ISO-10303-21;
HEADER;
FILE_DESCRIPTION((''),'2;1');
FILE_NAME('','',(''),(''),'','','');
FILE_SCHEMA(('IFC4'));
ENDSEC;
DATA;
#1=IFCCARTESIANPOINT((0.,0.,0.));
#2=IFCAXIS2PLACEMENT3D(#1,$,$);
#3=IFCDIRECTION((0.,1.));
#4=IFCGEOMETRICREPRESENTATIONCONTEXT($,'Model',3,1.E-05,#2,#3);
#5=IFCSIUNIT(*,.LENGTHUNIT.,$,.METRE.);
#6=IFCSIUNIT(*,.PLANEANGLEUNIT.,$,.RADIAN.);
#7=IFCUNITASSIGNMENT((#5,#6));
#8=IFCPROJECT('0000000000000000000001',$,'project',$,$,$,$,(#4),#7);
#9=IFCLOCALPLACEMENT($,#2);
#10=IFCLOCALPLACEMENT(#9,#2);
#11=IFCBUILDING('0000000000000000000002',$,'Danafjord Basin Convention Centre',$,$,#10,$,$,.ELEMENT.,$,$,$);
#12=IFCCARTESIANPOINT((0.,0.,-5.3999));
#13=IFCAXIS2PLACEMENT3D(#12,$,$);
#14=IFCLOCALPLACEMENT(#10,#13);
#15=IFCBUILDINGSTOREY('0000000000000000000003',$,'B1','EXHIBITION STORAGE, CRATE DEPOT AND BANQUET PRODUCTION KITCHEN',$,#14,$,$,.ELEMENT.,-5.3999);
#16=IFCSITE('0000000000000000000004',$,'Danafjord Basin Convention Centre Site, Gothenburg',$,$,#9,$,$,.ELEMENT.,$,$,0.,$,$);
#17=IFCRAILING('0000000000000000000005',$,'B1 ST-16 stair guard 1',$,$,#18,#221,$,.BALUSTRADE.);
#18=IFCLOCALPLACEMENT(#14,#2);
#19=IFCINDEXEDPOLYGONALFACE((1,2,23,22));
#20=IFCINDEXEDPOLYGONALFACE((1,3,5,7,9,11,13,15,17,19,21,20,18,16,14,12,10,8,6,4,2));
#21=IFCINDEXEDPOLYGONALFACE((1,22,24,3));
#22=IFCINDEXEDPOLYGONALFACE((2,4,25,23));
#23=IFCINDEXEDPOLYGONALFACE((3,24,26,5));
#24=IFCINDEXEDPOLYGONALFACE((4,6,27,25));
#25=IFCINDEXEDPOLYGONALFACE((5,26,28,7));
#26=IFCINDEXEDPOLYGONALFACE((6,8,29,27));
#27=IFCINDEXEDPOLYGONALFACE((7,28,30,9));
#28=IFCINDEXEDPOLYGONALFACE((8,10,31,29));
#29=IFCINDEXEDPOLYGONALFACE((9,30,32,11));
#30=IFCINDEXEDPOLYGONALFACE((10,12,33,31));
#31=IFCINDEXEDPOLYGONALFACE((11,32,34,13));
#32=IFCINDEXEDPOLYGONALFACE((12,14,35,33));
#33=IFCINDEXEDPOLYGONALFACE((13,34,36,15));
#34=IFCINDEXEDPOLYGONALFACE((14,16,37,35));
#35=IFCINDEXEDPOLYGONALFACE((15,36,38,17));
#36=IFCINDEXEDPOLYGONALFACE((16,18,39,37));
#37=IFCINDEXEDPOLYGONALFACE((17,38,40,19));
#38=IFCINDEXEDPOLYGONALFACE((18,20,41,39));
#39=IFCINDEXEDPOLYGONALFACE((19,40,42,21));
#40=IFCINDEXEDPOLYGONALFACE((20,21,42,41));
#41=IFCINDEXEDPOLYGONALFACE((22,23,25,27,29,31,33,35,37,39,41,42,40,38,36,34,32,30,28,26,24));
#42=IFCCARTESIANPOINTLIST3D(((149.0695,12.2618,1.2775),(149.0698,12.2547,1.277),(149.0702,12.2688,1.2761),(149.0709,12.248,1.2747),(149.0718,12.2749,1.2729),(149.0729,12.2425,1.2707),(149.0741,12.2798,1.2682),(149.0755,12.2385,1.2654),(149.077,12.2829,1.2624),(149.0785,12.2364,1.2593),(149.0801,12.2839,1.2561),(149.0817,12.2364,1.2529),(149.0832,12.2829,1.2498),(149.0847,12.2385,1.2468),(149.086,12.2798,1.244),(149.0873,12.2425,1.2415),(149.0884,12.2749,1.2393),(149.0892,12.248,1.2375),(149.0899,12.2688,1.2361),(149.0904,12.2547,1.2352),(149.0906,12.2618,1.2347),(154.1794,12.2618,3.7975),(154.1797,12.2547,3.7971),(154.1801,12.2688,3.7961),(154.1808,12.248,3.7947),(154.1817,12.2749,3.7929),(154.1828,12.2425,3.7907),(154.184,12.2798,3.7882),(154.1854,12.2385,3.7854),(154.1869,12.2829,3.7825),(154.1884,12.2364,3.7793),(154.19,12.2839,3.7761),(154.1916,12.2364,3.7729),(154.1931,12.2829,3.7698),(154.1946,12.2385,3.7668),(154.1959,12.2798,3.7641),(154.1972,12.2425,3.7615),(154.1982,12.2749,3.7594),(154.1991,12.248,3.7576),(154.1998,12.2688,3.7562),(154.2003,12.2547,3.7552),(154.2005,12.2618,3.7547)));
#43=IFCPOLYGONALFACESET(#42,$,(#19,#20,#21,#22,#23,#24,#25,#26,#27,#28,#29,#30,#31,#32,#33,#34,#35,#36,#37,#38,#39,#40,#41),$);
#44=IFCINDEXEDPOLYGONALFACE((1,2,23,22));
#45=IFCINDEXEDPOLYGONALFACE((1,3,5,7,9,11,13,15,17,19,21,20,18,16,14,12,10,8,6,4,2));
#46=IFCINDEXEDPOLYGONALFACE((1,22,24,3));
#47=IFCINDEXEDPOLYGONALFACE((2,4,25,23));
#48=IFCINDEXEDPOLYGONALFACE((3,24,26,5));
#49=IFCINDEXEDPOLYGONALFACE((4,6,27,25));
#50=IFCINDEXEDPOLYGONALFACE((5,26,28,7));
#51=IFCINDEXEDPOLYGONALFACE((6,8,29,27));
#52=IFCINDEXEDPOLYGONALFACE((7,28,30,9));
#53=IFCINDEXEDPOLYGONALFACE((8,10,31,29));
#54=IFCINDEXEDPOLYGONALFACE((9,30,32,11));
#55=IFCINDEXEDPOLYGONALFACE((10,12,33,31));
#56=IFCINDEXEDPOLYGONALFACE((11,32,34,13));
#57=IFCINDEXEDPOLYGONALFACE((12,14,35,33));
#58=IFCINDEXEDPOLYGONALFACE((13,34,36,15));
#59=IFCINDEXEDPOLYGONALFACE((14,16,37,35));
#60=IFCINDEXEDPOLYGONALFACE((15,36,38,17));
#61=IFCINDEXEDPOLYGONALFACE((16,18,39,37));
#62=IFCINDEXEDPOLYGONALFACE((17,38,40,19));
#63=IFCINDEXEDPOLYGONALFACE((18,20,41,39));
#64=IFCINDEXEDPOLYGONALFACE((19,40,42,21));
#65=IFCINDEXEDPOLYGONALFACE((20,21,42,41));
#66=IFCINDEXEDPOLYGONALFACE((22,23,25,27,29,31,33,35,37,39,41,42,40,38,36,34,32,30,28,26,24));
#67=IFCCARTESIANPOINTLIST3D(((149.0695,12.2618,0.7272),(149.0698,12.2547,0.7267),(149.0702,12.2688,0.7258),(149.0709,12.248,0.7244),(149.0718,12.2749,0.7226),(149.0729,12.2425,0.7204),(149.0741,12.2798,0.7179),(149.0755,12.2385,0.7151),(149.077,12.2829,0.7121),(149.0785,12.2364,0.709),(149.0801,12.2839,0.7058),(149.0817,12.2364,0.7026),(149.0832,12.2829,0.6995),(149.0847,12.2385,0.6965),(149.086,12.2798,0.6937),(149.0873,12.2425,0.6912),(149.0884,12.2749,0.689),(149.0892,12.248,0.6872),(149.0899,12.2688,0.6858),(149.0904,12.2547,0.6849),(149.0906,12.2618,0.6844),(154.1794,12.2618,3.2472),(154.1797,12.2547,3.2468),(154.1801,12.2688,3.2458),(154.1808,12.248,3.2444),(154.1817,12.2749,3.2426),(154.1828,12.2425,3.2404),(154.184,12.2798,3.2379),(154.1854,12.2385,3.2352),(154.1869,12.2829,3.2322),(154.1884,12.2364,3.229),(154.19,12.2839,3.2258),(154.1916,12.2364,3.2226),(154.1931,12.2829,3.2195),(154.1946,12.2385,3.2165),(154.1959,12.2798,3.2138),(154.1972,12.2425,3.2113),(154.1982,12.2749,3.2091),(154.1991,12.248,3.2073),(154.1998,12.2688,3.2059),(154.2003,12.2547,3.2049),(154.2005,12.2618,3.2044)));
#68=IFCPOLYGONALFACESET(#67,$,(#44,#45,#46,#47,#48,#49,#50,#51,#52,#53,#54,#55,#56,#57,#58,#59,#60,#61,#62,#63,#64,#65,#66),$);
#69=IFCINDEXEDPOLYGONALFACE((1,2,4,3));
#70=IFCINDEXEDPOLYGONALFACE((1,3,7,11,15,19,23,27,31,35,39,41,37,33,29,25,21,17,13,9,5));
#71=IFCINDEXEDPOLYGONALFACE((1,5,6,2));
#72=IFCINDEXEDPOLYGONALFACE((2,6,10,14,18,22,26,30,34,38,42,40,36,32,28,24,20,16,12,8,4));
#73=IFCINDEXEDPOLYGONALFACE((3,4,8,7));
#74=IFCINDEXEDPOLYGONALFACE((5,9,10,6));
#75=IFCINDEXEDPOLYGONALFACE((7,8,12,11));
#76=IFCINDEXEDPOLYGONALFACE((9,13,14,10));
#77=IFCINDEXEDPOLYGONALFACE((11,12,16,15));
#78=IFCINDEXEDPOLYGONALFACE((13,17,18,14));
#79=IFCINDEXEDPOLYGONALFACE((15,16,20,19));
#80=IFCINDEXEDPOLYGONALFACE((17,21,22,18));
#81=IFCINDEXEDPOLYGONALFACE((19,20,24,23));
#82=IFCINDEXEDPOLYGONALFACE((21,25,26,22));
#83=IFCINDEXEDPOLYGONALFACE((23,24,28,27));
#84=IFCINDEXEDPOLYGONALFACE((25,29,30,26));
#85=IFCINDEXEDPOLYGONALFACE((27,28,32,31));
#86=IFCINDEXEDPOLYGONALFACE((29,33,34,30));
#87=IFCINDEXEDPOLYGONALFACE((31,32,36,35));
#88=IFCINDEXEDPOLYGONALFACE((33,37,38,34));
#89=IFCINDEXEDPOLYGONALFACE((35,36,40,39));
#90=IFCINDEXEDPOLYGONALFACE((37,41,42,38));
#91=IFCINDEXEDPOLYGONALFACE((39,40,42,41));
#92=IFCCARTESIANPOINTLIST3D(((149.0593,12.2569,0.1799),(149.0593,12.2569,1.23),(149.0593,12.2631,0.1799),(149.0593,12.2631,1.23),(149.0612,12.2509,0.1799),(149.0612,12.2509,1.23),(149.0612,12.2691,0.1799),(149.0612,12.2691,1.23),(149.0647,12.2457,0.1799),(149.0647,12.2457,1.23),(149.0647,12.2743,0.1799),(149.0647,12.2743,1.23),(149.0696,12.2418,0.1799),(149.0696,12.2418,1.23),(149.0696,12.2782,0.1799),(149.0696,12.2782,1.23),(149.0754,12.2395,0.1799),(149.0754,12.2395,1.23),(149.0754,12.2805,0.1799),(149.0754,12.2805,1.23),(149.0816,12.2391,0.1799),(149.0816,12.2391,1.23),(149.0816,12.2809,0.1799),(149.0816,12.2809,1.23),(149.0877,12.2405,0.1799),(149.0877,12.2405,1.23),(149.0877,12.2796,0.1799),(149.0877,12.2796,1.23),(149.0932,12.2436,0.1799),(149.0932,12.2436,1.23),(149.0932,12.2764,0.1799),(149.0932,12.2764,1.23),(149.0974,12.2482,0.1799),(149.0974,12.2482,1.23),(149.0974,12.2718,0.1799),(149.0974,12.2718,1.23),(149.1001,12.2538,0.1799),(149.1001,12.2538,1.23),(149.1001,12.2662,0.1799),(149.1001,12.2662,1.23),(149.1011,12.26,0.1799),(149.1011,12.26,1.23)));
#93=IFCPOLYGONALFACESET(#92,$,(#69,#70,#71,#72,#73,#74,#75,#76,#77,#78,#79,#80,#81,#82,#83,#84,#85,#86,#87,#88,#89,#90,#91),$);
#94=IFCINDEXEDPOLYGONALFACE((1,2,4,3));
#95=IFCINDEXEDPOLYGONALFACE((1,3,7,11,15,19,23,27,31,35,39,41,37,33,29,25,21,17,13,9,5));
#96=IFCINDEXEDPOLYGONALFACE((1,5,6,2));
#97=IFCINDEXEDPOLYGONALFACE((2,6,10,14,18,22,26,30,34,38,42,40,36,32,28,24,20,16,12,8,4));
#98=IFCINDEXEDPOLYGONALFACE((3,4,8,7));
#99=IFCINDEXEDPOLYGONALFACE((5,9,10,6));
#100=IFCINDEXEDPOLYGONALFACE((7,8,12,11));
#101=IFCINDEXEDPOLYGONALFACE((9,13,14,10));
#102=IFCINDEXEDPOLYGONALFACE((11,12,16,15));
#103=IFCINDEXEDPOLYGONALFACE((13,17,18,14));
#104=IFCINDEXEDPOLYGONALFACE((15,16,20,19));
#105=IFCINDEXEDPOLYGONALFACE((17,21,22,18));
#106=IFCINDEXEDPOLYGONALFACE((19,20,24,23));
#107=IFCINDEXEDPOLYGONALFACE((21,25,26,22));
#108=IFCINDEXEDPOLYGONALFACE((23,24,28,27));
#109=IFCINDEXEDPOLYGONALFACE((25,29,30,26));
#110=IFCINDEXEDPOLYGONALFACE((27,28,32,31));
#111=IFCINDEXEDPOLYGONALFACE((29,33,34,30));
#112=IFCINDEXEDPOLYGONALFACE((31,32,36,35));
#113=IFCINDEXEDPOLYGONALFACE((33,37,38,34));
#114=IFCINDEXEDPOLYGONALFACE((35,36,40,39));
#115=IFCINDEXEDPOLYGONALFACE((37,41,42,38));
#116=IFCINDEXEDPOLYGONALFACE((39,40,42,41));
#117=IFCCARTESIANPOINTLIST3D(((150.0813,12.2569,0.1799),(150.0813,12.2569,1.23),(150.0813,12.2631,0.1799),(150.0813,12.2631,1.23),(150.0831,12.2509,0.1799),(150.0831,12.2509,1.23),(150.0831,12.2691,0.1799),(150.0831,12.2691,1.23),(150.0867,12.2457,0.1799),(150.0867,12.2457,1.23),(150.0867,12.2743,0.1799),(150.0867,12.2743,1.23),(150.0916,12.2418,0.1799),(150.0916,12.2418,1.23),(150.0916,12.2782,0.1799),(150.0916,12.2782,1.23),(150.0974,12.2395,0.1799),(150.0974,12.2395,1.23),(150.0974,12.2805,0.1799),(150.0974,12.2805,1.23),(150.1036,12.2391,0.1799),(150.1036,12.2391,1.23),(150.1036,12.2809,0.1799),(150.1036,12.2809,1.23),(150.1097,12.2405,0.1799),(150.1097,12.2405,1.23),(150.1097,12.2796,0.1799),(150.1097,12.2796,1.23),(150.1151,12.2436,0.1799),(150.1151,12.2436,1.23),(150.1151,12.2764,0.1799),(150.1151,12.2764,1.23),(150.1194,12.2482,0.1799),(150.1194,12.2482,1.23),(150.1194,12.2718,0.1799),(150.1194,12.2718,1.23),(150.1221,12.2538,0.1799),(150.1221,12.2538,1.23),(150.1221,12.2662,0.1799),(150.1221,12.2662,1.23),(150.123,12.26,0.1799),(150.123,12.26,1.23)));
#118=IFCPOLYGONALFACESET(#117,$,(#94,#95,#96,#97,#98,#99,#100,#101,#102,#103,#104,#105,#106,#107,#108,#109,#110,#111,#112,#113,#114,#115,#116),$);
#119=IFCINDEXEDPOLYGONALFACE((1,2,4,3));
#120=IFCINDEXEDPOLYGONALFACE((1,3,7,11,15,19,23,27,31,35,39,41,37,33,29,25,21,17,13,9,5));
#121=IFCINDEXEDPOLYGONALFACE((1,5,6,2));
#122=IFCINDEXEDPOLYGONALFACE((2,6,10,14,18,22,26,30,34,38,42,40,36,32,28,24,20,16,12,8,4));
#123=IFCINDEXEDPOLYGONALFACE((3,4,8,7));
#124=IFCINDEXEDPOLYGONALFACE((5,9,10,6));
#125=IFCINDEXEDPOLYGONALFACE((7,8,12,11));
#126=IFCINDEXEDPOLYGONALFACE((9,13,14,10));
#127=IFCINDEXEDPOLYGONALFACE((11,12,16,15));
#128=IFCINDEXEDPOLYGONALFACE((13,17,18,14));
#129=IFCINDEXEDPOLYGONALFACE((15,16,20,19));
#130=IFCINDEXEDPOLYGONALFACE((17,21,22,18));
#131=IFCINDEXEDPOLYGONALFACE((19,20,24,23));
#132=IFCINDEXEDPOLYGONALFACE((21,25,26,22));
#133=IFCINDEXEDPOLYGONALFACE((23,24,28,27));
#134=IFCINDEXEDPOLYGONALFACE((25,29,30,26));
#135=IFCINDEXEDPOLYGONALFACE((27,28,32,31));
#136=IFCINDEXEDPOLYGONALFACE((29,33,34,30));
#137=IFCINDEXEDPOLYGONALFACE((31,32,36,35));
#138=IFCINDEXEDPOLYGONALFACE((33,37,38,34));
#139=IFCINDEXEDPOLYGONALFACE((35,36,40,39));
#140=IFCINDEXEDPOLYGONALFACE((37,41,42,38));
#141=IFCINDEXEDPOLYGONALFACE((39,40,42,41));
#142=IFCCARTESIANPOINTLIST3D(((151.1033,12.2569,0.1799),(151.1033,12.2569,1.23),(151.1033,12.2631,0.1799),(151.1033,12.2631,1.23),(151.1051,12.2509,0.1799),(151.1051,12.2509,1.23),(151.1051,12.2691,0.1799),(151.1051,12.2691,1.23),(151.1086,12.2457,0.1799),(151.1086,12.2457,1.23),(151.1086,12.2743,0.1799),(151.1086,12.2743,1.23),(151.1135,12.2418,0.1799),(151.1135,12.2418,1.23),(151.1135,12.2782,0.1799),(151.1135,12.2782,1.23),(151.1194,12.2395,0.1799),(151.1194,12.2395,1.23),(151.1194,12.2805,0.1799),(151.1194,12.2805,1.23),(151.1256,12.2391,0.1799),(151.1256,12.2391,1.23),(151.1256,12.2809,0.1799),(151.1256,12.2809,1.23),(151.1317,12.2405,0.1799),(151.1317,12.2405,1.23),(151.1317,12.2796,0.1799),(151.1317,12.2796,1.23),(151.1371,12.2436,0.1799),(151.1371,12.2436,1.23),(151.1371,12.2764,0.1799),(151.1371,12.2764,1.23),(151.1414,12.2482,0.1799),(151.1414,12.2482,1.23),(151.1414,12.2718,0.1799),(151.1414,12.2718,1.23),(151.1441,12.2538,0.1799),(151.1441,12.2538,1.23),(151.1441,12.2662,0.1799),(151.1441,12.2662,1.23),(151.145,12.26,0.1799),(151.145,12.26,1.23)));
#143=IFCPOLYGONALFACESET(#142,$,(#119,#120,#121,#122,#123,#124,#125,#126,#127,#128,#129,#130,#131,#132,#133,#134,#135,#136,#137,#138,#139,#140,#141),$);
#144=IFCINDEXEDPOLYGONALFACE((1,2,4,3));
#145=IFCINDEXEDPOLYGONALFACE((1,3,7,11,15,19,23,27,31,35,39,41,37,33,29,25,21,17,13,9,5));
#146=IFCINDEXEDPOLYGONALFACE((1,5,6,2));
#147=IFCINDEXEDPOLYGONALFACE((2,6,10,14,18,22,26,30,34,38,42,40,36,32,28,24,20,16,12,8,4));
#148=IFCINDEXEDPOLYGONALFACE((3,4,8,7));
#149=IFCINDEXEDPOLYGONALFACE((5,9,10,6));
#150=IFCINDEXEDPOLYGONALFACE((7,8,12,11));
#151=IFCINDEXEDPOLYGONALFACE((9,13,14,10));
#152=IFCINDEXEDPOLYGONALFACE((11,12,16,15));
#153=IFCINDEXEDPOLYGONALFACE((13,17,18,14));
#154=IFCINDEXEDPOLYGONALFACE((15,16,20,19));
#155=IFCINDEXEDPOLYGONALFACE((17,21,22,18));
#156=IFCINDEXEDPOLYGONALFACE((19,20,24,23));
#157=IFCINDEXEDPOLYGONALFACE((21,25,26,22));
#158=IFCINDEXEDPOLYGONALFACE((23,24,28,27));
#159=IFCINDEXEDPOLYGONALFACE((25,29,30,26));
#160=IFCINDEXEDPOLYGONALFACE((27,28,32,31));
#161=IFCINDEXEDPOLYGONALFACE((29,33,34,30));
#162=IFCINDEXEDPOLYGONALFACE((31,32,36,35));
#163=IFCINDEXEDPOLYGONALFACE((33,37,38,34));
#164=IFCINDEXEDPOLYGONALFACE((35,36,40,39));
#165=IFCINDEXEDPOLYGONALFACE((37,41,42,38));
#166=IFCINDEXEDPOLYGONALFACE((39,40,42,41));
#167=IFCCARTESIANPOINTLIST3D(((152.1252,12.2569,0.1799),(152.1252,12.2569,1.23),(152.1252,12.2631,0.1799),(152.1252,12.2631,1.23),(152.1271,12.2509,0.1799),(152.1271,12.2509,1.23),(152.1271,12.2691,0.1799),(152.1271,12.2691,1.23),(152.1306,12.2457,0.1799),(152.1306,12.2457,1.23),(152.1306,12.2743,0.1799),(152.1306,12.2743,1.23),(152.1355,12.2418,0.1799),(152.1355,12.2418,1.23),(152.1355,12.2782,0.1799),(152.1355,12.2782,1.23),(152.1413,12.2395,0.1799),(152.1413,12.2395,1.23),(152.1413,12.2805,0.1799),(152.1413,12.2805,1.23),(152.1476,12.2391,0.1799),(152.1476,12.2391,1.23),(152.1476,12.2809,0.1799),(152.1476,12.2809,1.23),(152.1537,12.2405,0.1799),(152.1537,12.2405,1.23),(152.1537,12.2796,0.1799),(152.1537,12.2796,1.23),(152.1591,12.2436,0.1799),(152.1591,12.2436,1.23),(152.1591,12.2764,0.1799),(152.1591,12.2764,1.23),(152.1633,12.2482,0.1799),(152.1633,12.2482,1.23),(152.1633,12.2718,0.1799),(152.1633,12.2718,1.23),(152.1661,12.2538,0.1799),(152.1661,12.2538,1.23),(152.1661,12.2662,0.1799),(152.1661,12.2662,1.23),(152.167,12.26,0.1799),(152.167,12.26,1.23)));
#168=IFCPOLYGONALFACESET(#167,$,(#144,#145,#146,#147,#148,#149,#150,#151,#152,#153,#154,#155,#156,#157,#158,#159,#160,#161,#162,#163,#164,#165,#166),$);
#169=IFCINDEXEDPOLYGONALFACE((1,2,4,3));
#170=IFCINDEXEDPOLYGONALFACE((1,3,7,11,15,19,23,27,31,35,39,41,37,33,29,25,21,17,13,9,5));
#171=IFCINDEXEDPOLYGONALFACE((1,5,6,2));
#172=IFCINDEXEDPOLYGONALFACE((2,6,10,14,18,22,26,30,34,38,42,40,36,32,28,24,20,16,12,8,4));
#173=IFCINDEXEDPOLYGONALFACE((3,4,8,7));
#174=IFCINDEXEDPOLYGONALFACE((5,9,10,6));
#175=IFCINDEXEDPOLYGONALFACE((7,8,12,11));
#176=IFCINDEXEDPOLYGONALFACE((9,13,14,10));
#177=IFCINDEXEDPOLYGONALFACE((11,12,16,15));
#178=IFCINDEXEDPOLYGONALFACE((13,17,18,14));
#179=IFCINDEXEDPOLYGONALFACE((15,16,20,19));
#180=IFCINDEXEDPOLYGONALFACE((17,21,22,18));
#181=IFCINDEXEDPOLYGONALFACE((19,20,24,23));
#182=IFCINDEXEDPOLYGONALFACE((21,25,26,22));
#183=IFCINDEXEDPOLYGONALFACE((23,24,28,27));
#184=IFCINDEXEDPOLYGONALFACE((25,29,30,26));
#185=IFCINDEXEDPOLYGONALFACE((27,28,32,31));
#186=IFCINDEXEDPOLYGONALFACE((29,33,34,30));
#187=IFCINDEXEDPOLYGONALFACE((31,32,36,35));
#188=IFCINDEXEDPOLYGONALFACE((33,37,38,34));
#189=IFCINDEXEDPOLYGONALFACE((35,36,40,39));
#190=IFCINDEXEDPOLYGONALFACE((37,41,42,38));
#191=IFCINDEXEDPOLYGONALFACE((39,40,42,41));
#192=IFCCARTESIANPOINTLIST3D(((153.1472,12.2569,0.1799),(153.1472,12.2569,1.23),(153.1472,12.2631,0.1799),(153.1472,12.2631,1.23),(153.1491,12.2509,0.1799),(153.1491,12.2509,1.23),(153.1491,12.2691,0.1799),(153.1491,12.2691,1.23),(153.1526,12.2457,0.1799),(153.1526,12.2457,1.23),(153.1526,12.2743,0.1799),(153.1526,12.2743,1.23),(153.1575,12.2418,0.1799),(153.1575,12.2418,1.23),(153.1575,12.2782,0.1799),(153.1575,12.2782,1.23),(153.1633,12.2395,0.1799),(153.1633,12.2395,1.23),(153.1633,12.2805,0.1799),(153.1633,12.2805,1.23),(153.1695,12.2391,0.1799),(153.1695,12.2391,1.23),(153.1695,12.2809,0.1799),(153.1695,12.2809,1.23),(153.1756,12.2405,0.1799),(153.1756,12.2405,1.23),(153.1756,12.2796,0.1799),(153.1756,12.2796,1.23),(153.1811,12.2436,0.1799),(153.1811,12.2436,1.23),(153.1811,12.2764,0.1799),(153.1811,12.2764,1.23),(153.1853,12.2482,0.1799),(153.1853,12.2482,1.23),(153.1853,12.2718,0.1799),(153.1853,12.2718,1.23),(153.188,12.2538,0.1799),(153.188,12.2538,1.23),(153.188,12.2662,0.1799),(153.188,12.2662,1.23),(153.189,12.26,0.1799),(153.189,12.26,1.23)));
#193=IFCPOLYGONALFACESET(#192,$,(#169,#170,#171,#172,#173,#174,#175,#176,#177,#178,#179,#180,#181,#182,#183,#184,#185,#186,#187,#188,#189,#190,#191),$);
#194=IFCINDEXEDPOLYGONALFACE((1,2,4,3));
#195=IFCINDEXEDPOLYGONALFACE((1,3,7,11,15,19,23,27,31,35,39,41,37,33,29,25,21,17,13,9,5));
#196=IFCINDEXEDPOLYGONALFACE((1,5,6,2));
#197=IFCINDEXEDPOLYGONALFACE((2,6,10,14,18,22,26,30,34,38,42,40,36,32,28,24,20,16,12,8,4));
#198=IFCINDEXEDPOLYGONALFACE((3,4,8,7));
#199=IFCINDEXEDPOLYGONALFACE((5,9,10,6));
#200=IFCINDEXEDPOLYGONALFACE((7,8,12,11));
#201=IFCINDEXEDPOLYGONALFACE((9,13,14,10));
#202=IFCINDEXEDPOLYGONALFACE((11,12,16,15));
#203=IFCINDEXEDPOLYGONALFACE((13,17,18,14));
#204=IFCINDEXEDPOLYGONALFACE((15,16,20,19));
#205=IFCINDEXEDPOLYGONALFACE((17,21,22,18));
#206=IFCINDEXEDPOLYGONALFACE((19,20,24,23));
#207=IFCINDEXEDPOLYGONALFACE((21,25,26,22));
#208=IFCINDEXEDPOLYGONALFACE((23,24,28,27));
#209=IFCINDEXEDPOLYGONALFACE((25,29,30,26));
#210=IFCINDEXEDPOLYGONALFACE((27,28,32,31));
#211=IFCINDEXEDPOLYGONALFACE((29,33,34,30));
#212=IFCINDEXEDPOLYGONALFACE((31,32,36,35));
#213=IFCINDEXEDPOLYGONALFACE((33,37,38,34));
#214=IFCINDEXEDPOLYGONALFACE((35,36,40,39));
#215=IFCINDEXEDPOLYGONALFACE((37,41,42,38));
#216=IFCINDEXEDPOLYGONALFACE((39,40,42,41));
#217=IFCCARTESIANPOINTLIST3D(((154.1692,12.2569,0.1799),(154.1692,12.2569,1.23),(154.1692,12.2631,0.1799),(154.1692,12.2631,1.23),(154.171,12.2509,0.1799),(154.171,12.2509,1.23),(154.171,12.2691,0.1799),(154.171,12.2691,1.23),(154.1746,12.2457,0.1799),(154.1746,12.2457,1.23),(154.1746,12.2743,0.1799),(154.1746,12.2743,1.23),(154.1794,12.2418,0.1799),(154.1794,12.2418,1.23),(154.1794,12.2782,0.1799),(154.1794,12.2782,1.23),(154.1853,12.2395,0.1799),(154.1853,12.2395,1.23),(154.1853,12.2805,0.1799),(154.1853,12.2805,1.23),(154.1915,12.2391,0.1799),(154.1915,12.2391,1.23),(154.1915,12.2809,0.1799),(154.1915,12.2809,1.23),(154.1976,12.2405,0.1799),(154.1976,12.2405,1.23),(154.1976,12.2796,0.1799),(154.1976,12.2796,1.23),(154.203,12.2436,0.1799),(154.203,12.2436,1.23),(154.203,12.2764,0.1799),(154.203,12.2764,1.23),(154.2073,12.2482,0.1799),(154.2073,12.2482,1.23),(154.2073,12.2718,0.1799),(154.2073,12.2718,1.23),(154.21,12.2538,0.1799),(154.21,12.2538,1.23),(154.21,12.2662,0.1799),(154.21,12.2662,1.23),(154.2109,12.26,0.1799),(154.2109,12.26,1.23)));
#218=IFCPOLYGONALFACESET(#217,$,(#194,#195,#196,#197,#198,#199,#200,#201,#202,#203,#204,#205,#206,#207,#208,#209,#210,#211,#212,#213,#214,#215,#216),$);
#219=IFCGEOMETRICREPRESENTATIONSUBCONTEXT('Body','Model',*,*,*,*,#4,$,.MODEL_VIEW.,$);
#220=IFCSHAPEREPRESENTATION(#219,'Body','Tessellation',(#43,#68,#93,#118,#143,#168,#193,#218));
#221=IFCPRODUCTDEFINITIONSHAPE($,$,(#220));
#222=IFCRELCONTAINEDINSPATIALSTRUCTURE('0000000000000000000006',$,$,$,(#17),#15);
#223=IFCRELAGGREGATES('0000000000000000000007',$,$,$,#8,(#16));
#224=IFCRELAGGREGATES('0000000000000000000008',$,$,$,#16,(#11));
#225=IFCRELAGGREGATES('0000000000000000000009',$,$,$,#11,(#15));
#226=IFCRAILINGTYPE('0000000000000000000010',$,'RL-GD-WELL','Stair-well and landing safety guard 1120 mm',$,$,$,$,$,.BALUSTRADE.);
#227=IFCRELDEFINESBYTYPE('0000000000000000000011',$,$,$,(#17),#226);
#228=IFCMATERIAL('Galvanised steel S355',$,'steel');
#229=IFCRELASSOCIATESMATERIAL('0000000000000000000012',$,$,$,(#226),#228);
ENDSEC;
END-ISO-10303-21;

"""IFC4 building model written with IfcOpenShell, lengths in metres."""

from ifc_helpers import new_model, si_unit, direction, frame, origin, origin_2d, place, context, subcontext, project, spatial, circle, extrude, material, type_object, element, save


model = new_model("IFC4")

# Units and contexts
model_context = context("Model", 3, precision=1e-05, world=origin(), true_north=direction((0.0, 1.0)))
body_context = subcontext(model_context, "Body", "Model", "MODEL_VIEW")
ifc_project = project(units=[si_unit("LENGTHUNIT", "METRE"), si_unit("PLANEANGLEUNIT", "RADIAN")], contexts=[model_context])

# Site, building, storey
site_placement = place(None, origin())
site = spatial("IfcSite", under=ifc_project, at=site_placement, Name="Danafjord Basin Convention Centre Site, Gothenburg", CompositionType="ELEMENT", RefElevation=0.0)
building_placement = place(site_placement, origin())
building = spatial("IfcBuilding", under=site, at=building_placement, Name="Danafjord Basin Convention Centre", CompositionType="ELEMENT")
storey_placement = place(building_placement, frame((0.0, 0.0, -5.3999)))
storey = spatial("IfcBuildingStorey", under=building, at=storey_placement, Name="B1", Description="EXHIBITION STORAGE, CRATE DEPOT AND BANQUET PRODUCTION KITCHEN", CompositionType="ELEMENT", Elevation=-5.3999)

# Railing
ifc_material_1 = material(Name="Galvanised steel S355", Category="steel")
railing_type_1 = type_object("IfcRailingType", Name="RL-GD-WELL", Description="Stair-well and landing safety guard 1120 mm", PredefinedType="BALUSTRADE", material=ifc_material_1)
railing_1_placement = place(storey_placement, frame((149.0801, 12.26, 0.1799)))
element("IfcRailing", 1, at=railing_1_placement, inside=storey, type_object=railing_type_1, Name="B1 ST-16 stair guard 1", PredefinedType="BALUSTRADE", context=body_context, shape_type="SweptSolid", body=[
    extrude(circle(Radius=0.0239, at=origin_2d()), frame((0.0, 0.0, 1.0762), z_axis=(0.896865, 0.0, 0.442305), x_axis=(0.0, 1.0, 0.0)), (0.0, 0.0, 1.0), 5.6975),
    extrude(circle(Radius=0.0239, at=origin_2d()), frame((0.0, 0.0, 0.5259), z_axis=(0.896865, 0.0, 0.442305), x_axis=(0.0, 1.0, 0.0)), (0.0, 0.0, 1.0), 5.6975),
    extrude(circle(Radius=0.021, at=origin_2d()), origin(), (0.0, 0.0, 1.0), 1.05),
    extrude(circle(Radius=0.021, at=origin_2d()), frame((1.022, 0.0, 0.0)), (0.0, 0.0, 1.0), 1.05),
    extrude(circle(Radius=0.021, at=origin_2d()), frame((2.0439, 0.0, 0.0)), (0.0, 0.0, 1.0), 1.05),
    extrude(circle(Radius=0.021, at=origin_2d()), frame((3.0659, 0.0, 0.0)), (0.0, 0.0, 1.0), 1.05),
    extrude(circle(Radius=0.021, at=origin_2d()), frame((4.0879, 0.0, 0.0)), (0.0, 0.0, 1.0), 1.05),
    extrude(circle(Radius=0.021, at=origin_2d()), frame((5.1099, 0.0, 0.0)), (0.0, 0.0, 1.0), 1.05),
])

save(model, "model.ifc")
